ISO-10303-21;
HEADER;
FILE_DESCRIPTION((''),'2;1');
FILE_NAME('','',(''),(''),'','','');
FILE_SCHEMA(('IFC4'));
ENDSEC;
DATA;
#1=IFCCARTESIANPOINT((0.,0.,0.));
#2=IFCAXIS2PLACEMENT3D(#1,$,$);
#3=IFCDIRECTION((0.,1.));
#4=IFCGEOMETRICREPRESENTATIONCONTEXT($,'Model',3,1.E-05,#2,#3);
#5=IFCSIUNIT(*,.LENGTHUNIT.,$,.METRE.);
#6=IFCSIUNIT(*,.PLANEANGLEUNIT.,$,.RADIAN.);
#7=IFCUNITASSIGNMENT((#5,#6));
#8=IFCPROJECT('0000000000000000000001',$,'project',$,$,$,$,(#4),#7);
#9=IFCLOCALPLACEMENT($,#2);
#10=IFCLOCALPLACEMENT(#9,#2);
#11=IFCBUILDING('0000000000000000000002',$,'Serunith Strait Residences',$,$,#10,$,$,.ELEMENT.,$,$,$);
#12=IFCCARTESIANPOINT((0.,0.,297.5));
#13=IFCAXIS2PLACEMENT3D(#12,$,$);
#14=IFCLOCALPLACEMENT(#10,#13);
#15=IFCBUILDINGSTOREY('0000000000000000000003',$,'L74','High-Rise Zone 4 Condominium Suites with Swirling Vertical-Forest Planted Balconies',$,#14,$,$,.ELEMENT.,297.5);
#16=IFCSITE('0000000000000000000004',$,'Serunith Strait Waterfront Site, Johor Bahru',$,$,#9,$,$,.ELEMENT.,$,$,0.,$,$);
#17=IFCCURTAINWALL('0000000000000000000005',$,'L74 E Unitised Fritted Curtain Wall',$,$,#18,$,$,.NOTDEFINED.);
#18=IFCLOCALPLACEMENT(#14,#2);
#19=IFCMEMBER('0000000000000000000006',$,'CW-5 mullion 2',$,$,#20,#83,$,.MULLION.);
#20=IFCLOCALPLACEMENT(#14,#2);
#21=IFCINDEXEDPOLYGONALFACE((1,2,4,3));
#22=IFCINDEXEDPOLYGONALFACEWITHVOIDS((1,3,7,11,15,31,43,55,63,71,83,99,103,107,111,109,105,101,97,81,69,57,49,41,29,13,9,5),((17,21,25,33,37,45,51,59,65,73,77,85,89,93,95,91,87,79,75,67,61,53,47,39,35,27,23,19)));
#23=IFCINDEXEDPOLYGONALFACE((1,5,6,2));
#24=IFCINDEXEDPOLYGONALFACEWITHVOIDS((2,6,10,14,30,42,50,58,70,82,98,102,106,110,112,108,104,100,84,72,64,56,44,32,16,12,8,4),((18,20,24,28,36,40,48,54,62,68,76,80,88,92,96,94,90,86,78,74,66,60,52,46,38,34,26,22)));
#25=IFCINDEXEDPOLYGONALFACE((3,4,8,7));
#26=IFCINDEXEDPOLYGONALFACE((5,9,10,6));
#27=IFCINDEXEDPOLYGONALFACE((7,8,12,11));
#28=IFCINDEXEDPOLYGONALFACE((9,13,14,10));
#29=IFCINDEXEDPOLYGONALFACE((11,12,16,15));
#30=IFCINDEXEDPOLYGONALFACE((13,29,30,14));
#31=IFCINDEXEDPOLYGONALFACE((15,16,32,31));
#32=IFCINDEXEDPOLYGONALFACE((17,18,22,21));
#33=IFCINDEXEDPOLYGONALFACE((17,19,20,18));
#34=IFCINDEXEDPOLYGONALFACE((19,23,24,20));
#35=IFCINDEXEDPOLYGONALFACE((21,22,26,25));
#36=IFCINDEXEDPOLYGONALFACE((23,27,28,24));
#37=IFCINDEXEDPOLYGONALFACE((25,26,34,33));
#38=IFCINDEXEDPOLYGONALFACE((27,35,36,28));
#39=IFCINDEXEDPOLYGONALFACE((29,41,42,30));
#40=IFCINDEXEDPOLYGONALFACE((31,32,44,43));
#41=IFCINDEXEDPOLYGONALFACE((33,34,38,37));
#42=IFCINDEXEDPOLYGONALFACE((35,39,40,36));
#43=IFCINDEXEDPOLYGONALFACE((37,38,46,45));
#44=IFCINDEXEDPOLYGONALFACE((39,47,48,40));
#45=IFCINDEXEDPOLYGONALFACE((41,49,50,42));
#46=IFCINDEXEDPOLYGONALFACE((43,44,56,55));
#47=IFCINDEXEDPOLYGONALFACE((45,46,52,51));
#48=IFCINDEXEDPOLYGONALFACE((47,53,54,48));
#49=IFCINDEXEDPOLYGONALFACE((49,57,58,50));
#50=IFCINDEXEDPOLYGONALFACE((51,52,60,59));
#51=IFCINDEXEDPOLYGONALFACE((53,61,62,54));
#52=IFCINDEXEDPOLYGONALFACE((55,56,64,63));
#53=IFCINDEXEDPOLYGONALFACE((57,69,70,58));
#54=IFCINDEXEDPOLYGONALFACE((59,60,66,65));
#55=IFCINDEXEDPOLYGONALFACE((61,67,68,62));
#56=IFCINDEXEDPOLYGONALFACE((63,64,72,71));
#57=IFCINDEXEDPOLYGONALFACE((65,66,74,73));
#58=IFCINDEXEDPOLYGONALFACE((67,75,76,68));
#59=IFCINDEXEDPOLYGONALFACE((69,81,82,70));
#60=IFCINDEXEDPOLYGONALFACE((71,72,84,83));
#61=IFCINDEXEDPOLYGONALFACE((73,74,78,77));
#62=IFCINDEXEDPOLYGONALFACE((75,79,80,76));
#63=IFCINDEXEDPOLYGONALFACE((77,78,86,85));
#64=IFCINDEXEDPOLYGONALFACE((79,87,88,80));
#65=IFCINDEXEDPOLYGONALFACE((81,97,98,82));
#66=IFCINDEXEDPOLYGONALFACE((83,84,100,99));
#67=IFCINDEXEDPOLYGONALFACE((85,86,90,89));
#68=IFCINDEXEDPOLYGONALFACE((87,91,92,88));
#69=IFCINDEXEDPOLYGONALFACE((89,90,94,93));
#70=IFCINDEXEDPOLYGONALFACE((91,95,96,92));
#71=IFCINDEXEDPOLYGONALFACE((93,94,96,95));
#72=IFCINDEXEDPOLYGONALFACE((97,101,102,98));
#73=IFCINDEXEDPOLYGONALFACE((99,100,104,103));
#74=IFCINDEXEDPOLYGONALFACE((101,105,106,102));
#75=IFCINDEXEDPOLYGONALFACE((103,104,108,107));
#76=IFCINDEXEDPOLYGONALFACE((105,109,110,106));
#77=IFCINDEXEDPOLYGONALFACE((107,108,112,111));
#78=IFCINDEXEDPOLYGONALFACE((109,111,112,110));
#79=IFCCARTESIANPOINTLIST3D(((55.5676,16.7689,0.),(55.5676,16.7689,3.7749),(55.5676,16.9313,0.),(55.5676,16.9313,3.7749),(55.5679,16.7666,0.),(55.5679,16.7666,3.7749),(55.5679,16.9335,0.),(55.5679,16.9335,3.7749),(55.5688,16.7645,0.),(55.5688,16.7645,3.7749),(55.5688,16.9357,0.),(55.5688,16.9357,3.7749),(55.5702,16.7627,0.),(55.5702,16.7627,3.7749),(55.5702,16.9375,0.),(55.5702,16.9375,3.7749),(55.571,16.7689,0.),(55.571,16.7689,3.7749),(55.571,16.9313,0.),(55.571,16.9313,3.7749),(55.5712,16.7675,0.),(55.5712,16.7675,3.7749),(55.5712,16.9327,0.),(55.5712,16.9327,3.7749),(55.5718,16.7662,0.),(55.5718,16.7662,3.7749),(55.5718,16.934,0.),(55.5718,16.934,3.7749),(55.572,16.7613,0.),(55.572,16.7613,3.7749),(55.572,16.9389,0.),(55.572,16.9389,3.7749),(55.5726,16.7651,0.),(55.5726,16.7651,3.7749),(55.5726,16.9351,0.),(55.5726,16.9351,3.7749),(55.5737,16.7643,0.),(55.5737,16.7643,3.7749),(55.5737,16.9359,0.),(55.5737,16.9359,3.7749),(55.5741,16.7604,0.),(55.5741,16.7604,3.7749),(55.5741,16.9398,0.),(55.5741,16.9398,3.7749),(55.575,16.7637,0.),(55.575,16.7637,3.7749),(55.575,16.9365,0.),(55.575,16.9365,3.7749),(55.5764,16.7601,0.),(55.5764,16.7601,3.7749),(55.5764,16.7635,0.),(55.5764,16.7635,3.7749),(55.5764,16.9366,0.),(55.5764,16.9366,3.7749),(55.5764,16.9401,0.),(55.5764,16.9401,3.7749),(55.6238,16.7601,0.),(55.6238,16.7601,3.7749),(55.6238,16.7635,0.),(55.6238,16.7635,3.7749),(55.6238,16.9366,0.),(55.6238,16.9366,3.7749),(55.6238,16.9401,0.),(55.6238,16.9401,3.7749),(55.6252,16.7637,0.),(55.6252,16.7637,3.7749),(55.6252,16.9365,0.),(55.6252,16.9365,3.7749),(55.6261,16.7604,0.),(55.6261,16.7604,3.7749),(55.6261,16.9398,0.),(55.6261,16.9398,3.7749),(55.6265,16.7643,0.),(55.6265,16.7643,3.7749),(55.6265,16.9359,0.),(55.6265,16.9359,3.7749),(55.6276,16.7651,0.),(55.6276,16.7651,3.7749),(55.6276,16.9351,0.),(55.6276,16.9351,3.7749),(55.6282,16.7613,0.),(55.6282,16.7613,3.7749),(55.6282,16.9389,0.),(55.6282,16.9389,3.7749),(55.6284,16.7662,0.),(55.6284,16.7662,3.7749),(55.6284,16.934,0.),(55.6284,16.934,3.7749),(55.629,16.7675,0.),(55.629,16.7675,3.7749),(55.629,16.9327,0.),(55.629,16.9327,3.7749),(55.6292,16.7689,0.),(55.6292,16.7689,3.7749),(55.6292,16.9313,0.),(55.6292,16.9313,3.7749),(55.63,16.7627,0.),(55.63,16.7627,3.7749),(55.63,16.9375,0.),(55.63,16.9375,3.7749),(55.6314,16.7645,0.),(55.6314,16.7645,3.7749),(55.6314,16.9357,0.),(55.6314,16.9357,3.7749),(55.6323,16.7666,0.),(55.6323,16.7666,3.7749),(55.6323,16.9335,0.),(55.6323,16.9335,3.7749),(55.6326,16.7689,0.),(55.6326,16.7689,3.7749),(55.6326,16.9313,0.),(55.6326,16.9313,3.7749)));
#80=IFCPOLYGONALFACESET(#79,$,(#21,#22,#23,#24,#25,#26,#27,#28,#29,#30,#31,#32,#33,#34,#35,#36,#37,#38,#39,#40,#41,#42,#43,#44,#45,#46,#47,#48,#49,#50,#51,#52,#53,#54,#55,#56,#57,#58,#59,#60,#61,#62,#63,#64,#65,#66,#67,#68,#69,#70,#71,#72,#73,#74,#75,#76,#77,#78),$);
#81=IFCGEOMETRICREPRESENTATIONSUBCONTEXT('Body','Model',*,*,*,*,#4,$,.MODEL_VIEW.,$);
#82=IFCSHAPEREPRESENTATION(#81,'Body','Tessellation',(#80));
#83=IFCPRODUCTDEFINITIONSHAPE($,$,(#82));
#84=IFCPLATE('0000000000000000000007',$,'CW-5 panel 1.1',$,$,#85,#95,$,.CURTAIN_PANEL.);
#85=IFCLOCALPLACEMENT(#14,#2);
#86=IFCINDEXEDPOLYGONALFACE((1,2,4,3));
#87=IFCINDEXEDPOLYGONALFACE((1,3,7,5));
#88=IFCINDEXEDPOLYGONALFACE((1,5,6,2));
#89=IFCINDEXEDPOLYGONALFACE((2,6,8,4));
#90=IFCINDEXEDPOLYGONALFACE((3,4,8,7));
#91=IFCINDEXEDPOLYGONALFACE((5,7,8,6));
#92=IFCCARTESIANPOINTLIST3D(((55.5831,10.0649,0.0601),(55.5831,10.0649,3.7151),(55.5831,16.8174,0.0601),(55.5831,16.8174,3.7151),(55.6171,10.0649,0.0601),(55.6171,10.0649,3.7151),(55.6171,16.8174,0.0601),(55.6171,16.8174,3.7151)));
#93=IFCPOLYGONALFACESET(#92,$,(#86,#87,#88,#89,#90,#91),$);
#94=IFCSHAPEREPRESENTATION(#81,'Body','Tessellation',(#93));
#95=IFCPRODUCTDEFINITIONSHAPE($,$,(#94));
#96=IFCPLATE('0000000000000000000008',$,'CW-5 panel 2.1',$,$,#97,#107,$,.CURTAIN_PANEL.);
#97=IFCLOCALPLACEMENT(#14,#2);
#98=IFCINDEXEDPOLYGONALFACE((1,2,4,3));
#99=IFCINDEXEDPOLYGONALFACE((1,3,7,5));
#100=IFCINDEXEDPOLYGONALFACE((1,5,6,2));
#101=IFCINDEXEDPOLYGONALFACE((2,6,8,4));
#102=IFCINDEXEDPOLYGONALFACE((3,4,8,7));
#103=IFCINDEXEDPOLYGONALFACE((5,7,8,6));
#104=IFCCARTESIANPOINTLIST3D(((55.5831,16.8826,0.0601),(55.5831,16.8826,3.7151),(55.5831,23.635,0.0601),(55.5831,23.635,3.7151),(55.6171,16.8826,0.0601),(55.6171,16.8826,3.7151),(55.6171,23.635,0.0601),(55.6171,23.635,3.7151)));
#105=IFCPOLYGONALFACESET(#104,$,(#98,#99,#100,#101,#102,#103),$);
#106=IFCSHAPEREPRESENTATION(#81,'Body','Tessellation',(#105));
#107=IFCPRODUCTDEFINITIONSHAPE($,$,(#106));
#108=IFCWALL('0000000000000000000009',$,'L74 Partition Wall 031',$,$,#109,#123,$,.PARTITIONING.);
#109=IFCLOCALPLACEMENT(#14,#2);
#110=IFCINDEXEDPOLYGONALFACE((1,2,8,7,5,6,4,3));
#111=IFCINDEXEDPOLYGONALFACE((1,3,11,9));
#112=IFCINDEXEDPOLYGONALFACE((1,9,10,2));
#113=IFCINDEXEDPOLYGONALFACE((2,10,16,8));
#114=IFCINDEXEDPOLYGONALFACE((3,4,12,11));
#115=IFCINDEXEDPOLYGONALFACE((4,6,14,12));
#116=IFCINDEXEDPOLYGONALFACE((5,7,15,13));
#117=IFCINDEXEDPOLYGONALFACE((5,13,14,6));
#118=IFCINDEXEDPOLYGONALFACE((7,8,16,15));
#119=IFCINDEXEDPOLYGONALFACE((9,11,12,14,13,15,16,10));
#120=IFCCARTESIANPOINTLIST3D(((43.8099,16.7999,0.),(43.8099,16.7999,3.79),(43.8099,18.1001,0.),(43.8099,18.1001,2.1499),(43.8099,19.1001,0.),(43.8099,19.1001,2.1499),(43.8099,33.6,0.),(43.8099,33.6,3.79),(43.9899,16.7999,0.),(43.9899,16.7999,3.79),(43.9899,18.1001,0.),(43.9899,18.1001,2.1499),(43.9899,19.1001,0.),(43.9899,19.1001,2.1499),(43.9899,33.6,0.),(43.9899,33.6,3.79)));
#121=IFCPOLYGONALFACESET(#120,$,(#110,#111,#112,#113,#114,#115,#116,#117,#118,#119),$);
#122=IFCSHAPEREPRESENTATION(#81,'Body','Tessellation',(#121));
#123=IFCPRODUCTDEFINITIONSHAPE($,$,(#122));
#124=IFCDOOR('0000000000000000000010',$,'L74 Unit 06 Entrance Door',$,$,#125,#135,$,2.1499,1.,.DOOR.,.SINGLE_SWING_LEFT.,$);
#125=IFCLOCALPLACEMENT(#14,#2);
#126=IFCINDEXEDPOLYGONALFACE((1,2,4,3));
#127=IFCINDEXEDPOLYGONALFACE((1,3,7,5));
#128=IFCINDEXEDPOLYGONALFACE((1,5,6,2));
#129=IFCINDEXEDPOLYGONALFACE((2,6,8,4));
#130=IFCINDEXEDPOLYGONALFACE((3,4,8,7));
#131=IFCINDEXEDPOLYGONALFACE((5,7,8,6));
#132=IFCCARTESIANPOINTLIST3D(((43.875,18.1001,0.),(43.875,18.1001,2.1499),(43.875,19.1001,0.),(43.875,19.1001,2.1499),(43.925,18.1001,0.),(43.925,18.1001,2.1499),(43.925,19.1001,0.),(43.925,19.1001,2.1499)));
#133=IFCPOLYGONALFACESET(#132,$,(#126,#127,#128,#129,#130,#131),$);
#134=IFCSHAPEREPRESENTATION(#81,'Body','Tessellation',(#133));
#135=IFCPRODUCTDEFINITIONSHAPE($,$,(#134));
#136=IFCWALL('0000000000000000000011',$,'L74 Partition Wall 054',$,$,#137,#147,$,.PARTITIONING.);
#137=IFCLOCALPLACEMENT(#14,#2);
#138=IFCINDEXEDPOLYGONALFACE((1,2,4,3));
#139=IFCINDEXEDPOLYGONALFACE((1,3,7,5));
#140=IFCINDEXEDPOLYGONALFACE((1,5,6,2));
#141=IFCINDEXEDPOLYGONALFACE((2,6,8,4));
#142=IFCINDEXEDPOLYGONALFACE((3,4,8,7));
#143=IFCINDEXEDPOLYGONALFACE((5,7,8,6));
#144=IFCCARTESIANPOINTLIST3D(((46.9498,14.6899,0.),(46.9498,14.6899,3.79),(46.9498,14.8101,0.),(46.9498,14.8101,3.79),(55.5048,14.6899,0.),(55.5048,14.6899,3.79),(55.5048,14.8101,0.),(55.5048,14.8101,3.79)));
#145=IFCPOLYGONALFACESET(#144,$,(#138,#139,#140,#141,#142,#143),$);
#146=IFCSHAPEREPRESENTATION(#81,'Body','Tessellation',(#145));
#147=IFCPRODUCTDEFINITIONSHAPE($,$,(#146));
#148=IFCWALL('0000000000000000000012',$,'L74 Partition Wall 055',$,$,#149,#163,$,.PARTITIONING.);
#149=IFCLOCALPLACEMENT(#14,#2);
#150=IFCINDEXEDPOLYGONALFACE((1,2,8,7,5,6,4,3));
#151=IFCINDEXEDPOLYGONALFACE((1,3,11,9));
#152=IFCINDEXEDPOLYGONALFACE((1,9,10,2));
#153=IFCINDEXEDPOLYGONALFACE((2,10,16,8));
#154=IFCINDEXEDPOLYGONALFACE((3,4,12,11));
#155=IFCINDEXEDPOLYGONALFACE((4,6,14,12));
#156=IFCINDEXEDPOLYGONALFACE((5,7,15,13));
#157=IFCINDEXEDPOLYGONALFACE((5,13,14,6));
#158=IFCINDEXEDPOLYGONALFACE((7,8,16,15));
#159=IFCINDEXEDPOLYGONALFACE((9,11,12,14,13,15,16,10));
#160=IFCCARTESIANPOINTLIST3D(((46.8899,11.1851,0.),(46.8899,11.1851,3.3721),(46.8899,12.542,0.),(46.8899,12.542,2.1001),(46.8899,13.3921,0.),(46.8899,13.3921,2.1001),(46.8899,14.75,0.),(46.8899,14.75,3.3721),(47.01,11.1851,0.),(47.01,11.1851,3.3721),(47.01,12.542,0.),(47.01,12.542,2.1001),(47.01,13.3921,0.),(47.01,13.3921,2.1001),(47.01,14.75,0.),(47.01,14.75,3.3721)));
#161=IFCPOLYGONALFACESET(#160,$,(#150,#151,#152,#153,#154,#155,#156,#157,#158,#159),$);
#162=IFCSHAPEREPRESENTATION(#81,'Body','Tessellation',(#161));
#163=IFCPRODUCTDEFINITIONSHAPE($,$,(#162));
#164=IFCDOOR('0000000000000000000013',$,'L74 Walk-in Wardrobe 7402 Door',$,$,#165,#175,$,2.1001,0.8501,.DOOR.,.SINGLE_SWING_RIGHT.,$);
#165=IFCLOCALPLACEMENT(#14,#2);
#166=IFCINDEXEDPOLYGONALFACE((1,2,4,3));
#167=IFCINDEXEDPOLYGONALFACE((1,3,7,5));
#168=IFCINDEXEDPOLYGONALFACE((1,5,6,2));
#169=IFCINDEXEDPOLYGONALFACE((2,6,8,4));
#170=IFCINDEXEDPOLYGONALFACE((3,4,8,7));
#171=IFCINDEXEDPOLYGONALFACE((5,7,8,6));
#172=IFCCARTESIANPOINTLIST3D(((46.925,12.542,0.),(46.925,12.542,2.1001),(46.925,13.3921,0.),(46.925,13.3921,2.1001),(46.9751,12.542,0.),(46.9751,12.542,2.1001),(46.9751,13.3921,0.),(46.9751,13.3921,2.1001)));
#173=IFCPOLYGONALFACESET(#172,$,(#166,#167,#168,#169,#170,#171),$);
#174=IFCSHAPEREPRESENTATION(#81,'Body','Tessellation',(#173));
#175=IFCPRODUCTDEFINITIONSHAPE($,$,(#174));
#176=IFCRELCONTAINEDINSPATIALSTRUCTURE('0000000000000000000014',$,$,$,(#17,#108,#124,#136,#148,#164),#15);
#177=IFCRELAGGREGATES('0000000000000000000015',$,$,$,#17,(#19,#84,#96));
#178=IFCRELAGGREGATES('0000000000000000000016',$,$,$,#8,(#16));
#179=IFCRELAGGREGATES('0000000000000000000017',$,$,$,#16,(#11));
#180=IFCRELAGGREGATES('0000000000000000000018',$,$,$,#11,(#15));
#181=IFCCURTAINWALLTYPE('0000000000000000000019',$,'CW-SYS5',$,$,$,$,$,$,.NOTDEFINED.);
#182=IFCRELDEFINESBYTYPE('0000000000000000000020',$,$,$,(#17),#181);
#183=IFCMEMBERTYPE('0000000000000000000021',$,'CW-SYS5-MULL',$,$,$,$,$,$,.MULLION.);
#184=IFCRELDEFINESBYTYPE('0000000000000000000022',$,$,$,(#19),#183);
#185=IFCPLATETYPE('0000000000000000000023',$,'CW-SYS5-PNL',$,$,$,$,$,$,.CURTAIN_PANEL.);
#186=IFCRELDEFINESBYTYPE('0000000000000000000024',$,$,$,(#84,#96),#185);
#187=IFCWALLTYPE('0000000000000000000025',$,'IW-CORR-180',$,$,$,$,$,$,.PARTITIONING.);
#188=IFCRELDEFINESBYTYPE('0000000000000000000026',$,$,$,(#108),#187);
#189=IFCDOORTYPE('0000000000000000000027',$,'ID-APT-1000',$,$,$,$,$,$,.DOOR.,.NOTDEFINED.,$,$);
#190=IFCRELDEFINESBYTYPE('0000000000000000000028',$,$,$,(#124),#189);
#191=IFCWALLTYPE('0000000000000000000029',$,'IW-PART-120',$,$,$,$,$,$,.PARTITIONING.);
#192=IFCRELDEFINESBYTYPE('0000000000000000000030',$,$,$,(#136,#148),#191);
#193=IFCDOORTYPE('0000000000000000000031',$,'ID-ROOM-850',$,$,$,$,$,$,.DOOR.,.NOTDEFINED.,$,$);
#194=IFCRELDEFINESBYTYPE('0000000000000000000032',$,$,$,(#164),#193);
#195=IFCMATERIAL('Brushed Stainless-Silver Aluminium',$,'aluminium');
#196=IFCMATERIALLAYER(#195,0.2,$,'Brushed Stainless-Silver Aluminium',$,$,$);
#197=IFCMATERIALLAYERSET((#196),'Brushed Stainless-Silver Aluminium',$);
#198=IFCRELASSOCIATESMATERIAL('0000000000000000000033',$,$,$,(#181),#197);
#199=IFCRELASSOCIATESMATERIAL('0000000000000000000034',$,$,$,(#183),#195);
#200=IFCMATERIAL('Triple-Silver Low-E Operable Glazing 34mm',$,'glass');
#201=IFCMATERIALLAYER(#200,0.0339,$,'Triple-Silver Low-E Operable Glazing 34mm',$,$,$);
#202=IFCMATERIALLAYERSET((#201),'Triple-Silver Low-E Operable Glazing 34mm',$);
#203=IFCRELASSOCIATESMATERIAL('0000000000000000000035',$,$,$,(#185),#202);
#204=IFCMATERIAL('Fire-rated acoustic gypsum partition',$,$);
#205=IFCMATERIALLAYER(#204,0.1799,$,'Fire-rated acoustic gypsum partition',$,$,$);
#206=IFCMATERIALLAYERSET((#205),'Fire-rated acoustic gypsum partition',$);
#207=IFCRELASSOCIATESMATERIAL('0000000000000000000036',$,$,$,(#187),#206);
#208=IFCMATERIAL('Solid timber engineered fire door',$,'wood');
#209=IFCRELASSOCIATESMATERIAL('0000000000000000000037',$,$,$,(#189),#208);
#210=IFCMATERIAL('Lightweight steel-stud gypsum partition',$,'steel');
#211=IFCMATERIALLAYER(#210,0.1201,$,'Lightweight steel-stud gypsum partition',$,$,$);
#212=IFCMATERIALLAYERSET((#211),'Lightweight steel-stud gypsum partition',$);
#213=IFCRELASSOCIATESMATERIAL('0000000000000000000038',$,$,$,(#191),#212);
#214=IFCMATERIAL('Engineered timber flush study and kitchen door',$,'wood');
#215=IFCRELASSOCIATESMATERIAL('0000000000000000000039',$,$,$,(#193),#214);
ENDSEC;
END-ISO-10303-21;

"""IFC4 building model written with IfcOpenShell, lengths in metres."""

from ifc_helpers import new_model, si_unit, direction, frame, frame_2d, origin, origin_2d, place, context, subcontext, project, spatial, rectangle, hollow_rectangle, extrude, source, transform, mapped, material, layer, layer_set, material_profile, profile_set, type_object, element, fill, aggregate, save


model = new_model("IFC4")

# Units and contexts
model_context = context("Model", 3, precision=1e-05, world=origin(), true_north=direction((0.0, 1.0)))
body_context = subcontext(model_context, "Body", "Model", "MODEL_VIEW")
ifc_project = project(units=[si_unit("LENGTHUNIT", "METRE"), si_unit("PLANEANGLEUNIT", "RADIAN")], contexts=[model_context])

# Site, building, storey
site_placement = place(None, origin())
site = spatial("IfcSite", under=ifc_project, at=site_placement, Name="Serunith Strait Waterfront Site, Johor Bahru", CompositionType="ELEMENT", RefElevation=0.0)
building_placement = place(site_placement, origin())
building = spatial("IfcBuilding", under=site, at=building_placement, Name="Serunith Strait Residences", CompositionType="ELEMENT")
storey_placement = place(building_placement, frame((0.0, 0.0, 297.5)))
storey = spatial("IfcBuildingStorey", under=building, at=storey_placement, Name="L74", Description="High-Rise Zone 4 Condominium Suites with Swirling Vertical-Forest Planted Balconies", CompositionType="ELEMENT", Elevation=297.5)

# Curtain wall, member, plates
ifc_material_1 = material(Name="Brushed Stainless-Silver Aluminium", Category="aluminium")
ifc_layer_1 = layer(ifc_material_1, 0.2, Name="Brushed Stainless-Silver Aluminium")
ifc_layer_set_1 = layer_set([ifc_layer_1], Name="Brushed Stainless-Silver Aluminium")
curtain_wall_type = type_object("IfcCurtainWallType", Name="CW-SYS5", PredefinedType="NOTDEFINED", material=ifc_layer_set_1)
curtain_wall_placement = place(storey_placement, origin())
curtain_wall = element("IfcCurtainWall", 1, at=curtain_wall_placement, inside=storey, type_object=curtain_wall_type, Name="L74 E Unitised Fritted Curtain Wall", PredefinedType="NOTDEFINED")
ifc_material_profile_1 = material_profile(ifc_material_1, hollow_rectangle(XDim=0.0649, YDim=0.1799, WallThickness=0.0034, InnerFilletRadius=0.0054, OuterFilletRadius=0.0088, at=origin_2d()), Name="ALU 180x65x3.5")
ifc_profile_set_1 = profile_set([ifc_material_profile_1], Name="Brushed Stainless-Silver Aluminium")
member_type_1 = type_object("IfcMemberType", Name="CW-SYS5-MULL", PredefinedType="MULLION", material=ifc_profile_set_1)
shared_shape_1 = source(origin(), body_context, "Body", "SweptSolid", [
    extrude(hollow_rectangle(XDim=0.0649, YDim=0.1799, WallThickness=0.0034, InnerFilletRadius=0.0054, OuterFilletRadius=0.0088, at=origin_2d()), origin(), (0.0, 0.0, 1.0), 3.7749),
])
member_1_placement = place(storey_placement, frame((55.6001, 16.8501, 0.0), z_axis=(0.0, 0.0, 1.0), x_axis=(-1.0, 0.0, 0.0)))
member_1 = element("IfcMember", 2, at=member_1_placement, type_object=member_type_1, Name="CW-5 mullion 2", PredefinedType="MULLION", context=body_context, shape_type="MappedRepresentation", body=[
    mapped(shared_shape_1, transform((0.0, 0.0, 0.0), scale=1.0)),
])
ifc_material_2 = material(Name="Triple-Silver Low-E Operable Glazing 34mm", Category="glass")
ifc_layer_2 = layer(ifc_material_2, 0.0339, Name="Triple-Silver Low-E Operable Glazing 34mm")
ifc_layer_set_2 = layer_set([ifc_layer_2], Name="Triple-Silver Low-E Operable Glazing 34mm")
plate_type = type_object("IfcPlateType", Name="CW-SYS5-PNL", PredefinedType="CURTAIN_PANEL", material=ifc_layer_set_2)
shared_shape_2 = source(origin(), body_context, "Body", "SweptSolid", [
    extrude(rectangle(XDim=6.7524, YDim=0.0339, at=origin_2d()), origin(), (0.0, 0.0, 1.0), 3.655),
])
plate_1_placement = place(storey_placement, frame((55.6001, 13.4412, 0.0601), z_axis=(0.0, 0.0, 1.0), x_axis=(0.0, 1.0, 0.0)))
plate_1 = element("IfcPlate", 3, at=plate_1_placement, type_object=plate_type, Name="CW-5 panel 1.1", PredefinedType="CURTAIN_PANEL", context=body_context, shape_type="MappedRepresentation", body=[
    mapped(shared_shape_2, transform((0.0, 0.0, 0.0), scale=1.0)),
])
plate_2_placement = place(storey_placement, frame((55.6001, 20.2588, 0.0601), z_axis=(0.0, 0.0, 1.0), x_axis=(0.0, 1.0, 0.0)))
plate_2 = element("IfcPlate", 4, at=plate_2_placement, type_object=plate_type, Name="CW-5 panel 2.1", PredefinedType="CURTAIN_PANEL", context=body_context, shape_type="MappedRepresentation", body=[
    mapped(shared_shape_2, transform((0.0, 0.0, 0.0), scale=1.0)),
])
aggregate(curtain_wall, [member_1, plate_1, plate_2])

# Wall, opening, door
ifc_material_3 = material(Name="Fire-rated acoustic gypsum partition")
ifc_layer_3 = layer(ifc_material_3, 0.1799, Name="Fire-rated acoustic gypsum partition")
ifc_layer_set_3 = layer_set([ifc_layer_3], Name="Fire-rated acoustic gypsum partition")
wall_type_1 = type_object("IfcWallType", Name="IW-CORR-180", PredefinedType="PARTITIONING", material=ifc_layer_set_3)
wall_1_placement = place(storey_placement, frame((43.8999, 16.8, 0.0), z_axis=(0.0, 0.0, 1.0), x_axis=(0.0, 1.0, 0.0)))
wall_1 = element("IfcWall", 5, at=wall_1_placement, inside=storey, type_object=wall_type_1, Name="L74 Partition Wall 031", PredefinedType="PARTITIONING", context=body_context, shape_type="SweptSolid", body=[
    extrude(rectangle(XDim=16.8, YDim=0.1799, at=frame_2d((8.3999, 0.0))), origin(), (0.0, 0.0, 1.0), 3.79),
])
opening_1_placement = place(wall_1_placement, frame((1.3, 0.0, 0.0)))
opening_1 = element("IfcOpeningElement", 6, at=opening_1_placement, cuts=wall_1, PredefinedType="OPENING", context=body_context, shape_type="SweptSolid", body=[
    extrude(rectangle(XDim=1.0, YDim=2.1499, at=frame_2d((0.5, 1.075))), frame((0.0, 0.1001, 0.0), z_axis=(0.0, -1.0, 0.0), x_axis=(1.0, 0.0, 0.0)), (0.0, 0.0, 1.0), 0.2),
])
ifc_material_4 = material(Name="Solid timber engineered fire door", Category="wood")
door_type_1 = type_object("IfcDoorType", Name="ID-APT-1000", OperationType="NOTDEFINED", PredefinedType="DOOR", material=ifc_material_4)
shared_shape_3 = source(origin(), body_context, "Body", "SweptSolid", [
    extrude(rectangle(XDim=1.0, YDim=2.1499, at=frame_2d((0.5, 1.075))), frame((0.0, 0.0249, 0.0), z_axis=(0.0, -1.0, 0.0), x_axis=(1.0, 0.0, 0.0)), (0.0, 0.0, 1.0), 0.05),
])
door_1_placement = place(opening_1_placement, origin())
door_1 = element("IfcDoor", 7, at=door_1_placement, inside=storey, type_object=door_type_1, Name="L74 Unit 06 Entrance Door", OperationType="SINGLE_SWING_LEFT", OverallHeight=2.1499, OverallWidth=1.0, PredefinedType="DOOR", context=body_context, shape_type="MappedRepresentation", body=[
    mapped(shared_shape_3, transform((0.0, 0.0, 0.0), scale=1.0)),
])
fill(opening_1, door_1)

# Wall
ifc_material_5 = material(Name="Lightweight steel-stud gypsum partition", Category="steel")
ifc_layer_4 = layer(ifc_material_5, 0.1201, Name="Lightweight steel-stud gypsum partition")
ifc_layer_set_4 = layer_set([ifc_layer_4], Name="Lightweight steel-stud gypsum partition")
wall_type_2 = type_object("IfcWallType", Name="IW-PART-120", PredefinedType="PARTITIONING", material=ifc_layer_set_4)
wall_2_placement = place(storey_placement, frame((46.95, 14.75, 0.0), z_axis=(0.0, 0.0, 1.0), x_axis=(1.0, 0.0, 0.0)))
element("IfcWall", 8, at=wall_2_placement, inside=storey, type_object=wall_type_2, Name="L74 Partition Wall 054", PredefinedType="PARTITIONING", context=body_context, shape_type="SweptSolid", body=[
    extrude(rectangle(XDim=8.5549, YDim=0.1201, at=frame_2d((4.2773, 0.0))), origin(), (0.0, 0.0, 1.0), 3.79),
])

# Wall, opening, door
wall_3_placement = place(storey_placement, frame((46.95, 11.1851, 0.0), z_axis=(0.0, 0.0, 1.0), x_axis=(0.0, 1.0, 0.0)))
wall_3 = element("IfcWall", 9, at=wall_3_placement, inside=storey, type_object=wall_type_2, Name="L74 Partition Wall 055", PredefinedType="PARTITIONING", context=body_context, shape_type="SweptSolid", body=[
    extrude(rectangle(XDim=3.5649, YDim=0.1201, at=frame_2d((1.7825, 0.0))), origin(), (0.0, 0.0, 1.0), 3.3721),
])
opening_2_placement = place(wall_3_placement, frame((1.3569, 0.0, 0.0)))
opening_2 = element("IfcOpeningElement", 10, at=opening_2_placement, cuts=wall_3, PredefinedType="OPENING", context=body_context, shape_type="SweptSolid", body=[
    extrude(rectangle(XDim=0.8501, YDim=2.1001, at=frame_2d((0.425, 1.05))), frame((0.0, 0.0701, 0.0), z_axis=(0.0, -1.0, 0.0), x_axis=(1.0, 0.0, 0.0)), (0.0, 0.0, 1.0), 0.1401),
])
ifc_material_6 = material(Name="Engineered timber flush study and kitchen door", Category="wood")
door_type_2 = type_object("IfcDoorType", Name="ID-ROOM-850", OperationType="NOTDEFINED", PredefinedType="DOOR", material=ifc_material_6)
shared_shape_4 = source(origin(), body_context, "Body", "SweptSolid", [
    extrude(rectangle(XDim=0.8501, YDim=2.1001, at=frame_2d((0.425, 1.05))), frame((0.0, 0.0249, 0.0), z_axis=(0.0, -1.0, 0.0), x_axis=(1.0, 0.0, 0.0)), (0.0, 0.0, 1.0), 0.05),
])
door_2_placement = place(opening_2_placement, origin())
door_2 = element("IfcDoor", 11, at=door_2_placement, inside=storey, type_object=door_type_2, Name="L74 Walk-in Wardrobe 7402 Door", OperationType="SINGLE_SWING_RIGHT", OverallHeight=2.1001, OverallWidth=0.8501, PredefinedType="DOOR", context=body_context, shape_type="MappedRepresentation", body=[
    mapped(shared_shape_4, transform((0.0, 0.0, 0.0), scale=1.0)),
])
fill(opening_2, door_2)

save(model, "model.ifc")
